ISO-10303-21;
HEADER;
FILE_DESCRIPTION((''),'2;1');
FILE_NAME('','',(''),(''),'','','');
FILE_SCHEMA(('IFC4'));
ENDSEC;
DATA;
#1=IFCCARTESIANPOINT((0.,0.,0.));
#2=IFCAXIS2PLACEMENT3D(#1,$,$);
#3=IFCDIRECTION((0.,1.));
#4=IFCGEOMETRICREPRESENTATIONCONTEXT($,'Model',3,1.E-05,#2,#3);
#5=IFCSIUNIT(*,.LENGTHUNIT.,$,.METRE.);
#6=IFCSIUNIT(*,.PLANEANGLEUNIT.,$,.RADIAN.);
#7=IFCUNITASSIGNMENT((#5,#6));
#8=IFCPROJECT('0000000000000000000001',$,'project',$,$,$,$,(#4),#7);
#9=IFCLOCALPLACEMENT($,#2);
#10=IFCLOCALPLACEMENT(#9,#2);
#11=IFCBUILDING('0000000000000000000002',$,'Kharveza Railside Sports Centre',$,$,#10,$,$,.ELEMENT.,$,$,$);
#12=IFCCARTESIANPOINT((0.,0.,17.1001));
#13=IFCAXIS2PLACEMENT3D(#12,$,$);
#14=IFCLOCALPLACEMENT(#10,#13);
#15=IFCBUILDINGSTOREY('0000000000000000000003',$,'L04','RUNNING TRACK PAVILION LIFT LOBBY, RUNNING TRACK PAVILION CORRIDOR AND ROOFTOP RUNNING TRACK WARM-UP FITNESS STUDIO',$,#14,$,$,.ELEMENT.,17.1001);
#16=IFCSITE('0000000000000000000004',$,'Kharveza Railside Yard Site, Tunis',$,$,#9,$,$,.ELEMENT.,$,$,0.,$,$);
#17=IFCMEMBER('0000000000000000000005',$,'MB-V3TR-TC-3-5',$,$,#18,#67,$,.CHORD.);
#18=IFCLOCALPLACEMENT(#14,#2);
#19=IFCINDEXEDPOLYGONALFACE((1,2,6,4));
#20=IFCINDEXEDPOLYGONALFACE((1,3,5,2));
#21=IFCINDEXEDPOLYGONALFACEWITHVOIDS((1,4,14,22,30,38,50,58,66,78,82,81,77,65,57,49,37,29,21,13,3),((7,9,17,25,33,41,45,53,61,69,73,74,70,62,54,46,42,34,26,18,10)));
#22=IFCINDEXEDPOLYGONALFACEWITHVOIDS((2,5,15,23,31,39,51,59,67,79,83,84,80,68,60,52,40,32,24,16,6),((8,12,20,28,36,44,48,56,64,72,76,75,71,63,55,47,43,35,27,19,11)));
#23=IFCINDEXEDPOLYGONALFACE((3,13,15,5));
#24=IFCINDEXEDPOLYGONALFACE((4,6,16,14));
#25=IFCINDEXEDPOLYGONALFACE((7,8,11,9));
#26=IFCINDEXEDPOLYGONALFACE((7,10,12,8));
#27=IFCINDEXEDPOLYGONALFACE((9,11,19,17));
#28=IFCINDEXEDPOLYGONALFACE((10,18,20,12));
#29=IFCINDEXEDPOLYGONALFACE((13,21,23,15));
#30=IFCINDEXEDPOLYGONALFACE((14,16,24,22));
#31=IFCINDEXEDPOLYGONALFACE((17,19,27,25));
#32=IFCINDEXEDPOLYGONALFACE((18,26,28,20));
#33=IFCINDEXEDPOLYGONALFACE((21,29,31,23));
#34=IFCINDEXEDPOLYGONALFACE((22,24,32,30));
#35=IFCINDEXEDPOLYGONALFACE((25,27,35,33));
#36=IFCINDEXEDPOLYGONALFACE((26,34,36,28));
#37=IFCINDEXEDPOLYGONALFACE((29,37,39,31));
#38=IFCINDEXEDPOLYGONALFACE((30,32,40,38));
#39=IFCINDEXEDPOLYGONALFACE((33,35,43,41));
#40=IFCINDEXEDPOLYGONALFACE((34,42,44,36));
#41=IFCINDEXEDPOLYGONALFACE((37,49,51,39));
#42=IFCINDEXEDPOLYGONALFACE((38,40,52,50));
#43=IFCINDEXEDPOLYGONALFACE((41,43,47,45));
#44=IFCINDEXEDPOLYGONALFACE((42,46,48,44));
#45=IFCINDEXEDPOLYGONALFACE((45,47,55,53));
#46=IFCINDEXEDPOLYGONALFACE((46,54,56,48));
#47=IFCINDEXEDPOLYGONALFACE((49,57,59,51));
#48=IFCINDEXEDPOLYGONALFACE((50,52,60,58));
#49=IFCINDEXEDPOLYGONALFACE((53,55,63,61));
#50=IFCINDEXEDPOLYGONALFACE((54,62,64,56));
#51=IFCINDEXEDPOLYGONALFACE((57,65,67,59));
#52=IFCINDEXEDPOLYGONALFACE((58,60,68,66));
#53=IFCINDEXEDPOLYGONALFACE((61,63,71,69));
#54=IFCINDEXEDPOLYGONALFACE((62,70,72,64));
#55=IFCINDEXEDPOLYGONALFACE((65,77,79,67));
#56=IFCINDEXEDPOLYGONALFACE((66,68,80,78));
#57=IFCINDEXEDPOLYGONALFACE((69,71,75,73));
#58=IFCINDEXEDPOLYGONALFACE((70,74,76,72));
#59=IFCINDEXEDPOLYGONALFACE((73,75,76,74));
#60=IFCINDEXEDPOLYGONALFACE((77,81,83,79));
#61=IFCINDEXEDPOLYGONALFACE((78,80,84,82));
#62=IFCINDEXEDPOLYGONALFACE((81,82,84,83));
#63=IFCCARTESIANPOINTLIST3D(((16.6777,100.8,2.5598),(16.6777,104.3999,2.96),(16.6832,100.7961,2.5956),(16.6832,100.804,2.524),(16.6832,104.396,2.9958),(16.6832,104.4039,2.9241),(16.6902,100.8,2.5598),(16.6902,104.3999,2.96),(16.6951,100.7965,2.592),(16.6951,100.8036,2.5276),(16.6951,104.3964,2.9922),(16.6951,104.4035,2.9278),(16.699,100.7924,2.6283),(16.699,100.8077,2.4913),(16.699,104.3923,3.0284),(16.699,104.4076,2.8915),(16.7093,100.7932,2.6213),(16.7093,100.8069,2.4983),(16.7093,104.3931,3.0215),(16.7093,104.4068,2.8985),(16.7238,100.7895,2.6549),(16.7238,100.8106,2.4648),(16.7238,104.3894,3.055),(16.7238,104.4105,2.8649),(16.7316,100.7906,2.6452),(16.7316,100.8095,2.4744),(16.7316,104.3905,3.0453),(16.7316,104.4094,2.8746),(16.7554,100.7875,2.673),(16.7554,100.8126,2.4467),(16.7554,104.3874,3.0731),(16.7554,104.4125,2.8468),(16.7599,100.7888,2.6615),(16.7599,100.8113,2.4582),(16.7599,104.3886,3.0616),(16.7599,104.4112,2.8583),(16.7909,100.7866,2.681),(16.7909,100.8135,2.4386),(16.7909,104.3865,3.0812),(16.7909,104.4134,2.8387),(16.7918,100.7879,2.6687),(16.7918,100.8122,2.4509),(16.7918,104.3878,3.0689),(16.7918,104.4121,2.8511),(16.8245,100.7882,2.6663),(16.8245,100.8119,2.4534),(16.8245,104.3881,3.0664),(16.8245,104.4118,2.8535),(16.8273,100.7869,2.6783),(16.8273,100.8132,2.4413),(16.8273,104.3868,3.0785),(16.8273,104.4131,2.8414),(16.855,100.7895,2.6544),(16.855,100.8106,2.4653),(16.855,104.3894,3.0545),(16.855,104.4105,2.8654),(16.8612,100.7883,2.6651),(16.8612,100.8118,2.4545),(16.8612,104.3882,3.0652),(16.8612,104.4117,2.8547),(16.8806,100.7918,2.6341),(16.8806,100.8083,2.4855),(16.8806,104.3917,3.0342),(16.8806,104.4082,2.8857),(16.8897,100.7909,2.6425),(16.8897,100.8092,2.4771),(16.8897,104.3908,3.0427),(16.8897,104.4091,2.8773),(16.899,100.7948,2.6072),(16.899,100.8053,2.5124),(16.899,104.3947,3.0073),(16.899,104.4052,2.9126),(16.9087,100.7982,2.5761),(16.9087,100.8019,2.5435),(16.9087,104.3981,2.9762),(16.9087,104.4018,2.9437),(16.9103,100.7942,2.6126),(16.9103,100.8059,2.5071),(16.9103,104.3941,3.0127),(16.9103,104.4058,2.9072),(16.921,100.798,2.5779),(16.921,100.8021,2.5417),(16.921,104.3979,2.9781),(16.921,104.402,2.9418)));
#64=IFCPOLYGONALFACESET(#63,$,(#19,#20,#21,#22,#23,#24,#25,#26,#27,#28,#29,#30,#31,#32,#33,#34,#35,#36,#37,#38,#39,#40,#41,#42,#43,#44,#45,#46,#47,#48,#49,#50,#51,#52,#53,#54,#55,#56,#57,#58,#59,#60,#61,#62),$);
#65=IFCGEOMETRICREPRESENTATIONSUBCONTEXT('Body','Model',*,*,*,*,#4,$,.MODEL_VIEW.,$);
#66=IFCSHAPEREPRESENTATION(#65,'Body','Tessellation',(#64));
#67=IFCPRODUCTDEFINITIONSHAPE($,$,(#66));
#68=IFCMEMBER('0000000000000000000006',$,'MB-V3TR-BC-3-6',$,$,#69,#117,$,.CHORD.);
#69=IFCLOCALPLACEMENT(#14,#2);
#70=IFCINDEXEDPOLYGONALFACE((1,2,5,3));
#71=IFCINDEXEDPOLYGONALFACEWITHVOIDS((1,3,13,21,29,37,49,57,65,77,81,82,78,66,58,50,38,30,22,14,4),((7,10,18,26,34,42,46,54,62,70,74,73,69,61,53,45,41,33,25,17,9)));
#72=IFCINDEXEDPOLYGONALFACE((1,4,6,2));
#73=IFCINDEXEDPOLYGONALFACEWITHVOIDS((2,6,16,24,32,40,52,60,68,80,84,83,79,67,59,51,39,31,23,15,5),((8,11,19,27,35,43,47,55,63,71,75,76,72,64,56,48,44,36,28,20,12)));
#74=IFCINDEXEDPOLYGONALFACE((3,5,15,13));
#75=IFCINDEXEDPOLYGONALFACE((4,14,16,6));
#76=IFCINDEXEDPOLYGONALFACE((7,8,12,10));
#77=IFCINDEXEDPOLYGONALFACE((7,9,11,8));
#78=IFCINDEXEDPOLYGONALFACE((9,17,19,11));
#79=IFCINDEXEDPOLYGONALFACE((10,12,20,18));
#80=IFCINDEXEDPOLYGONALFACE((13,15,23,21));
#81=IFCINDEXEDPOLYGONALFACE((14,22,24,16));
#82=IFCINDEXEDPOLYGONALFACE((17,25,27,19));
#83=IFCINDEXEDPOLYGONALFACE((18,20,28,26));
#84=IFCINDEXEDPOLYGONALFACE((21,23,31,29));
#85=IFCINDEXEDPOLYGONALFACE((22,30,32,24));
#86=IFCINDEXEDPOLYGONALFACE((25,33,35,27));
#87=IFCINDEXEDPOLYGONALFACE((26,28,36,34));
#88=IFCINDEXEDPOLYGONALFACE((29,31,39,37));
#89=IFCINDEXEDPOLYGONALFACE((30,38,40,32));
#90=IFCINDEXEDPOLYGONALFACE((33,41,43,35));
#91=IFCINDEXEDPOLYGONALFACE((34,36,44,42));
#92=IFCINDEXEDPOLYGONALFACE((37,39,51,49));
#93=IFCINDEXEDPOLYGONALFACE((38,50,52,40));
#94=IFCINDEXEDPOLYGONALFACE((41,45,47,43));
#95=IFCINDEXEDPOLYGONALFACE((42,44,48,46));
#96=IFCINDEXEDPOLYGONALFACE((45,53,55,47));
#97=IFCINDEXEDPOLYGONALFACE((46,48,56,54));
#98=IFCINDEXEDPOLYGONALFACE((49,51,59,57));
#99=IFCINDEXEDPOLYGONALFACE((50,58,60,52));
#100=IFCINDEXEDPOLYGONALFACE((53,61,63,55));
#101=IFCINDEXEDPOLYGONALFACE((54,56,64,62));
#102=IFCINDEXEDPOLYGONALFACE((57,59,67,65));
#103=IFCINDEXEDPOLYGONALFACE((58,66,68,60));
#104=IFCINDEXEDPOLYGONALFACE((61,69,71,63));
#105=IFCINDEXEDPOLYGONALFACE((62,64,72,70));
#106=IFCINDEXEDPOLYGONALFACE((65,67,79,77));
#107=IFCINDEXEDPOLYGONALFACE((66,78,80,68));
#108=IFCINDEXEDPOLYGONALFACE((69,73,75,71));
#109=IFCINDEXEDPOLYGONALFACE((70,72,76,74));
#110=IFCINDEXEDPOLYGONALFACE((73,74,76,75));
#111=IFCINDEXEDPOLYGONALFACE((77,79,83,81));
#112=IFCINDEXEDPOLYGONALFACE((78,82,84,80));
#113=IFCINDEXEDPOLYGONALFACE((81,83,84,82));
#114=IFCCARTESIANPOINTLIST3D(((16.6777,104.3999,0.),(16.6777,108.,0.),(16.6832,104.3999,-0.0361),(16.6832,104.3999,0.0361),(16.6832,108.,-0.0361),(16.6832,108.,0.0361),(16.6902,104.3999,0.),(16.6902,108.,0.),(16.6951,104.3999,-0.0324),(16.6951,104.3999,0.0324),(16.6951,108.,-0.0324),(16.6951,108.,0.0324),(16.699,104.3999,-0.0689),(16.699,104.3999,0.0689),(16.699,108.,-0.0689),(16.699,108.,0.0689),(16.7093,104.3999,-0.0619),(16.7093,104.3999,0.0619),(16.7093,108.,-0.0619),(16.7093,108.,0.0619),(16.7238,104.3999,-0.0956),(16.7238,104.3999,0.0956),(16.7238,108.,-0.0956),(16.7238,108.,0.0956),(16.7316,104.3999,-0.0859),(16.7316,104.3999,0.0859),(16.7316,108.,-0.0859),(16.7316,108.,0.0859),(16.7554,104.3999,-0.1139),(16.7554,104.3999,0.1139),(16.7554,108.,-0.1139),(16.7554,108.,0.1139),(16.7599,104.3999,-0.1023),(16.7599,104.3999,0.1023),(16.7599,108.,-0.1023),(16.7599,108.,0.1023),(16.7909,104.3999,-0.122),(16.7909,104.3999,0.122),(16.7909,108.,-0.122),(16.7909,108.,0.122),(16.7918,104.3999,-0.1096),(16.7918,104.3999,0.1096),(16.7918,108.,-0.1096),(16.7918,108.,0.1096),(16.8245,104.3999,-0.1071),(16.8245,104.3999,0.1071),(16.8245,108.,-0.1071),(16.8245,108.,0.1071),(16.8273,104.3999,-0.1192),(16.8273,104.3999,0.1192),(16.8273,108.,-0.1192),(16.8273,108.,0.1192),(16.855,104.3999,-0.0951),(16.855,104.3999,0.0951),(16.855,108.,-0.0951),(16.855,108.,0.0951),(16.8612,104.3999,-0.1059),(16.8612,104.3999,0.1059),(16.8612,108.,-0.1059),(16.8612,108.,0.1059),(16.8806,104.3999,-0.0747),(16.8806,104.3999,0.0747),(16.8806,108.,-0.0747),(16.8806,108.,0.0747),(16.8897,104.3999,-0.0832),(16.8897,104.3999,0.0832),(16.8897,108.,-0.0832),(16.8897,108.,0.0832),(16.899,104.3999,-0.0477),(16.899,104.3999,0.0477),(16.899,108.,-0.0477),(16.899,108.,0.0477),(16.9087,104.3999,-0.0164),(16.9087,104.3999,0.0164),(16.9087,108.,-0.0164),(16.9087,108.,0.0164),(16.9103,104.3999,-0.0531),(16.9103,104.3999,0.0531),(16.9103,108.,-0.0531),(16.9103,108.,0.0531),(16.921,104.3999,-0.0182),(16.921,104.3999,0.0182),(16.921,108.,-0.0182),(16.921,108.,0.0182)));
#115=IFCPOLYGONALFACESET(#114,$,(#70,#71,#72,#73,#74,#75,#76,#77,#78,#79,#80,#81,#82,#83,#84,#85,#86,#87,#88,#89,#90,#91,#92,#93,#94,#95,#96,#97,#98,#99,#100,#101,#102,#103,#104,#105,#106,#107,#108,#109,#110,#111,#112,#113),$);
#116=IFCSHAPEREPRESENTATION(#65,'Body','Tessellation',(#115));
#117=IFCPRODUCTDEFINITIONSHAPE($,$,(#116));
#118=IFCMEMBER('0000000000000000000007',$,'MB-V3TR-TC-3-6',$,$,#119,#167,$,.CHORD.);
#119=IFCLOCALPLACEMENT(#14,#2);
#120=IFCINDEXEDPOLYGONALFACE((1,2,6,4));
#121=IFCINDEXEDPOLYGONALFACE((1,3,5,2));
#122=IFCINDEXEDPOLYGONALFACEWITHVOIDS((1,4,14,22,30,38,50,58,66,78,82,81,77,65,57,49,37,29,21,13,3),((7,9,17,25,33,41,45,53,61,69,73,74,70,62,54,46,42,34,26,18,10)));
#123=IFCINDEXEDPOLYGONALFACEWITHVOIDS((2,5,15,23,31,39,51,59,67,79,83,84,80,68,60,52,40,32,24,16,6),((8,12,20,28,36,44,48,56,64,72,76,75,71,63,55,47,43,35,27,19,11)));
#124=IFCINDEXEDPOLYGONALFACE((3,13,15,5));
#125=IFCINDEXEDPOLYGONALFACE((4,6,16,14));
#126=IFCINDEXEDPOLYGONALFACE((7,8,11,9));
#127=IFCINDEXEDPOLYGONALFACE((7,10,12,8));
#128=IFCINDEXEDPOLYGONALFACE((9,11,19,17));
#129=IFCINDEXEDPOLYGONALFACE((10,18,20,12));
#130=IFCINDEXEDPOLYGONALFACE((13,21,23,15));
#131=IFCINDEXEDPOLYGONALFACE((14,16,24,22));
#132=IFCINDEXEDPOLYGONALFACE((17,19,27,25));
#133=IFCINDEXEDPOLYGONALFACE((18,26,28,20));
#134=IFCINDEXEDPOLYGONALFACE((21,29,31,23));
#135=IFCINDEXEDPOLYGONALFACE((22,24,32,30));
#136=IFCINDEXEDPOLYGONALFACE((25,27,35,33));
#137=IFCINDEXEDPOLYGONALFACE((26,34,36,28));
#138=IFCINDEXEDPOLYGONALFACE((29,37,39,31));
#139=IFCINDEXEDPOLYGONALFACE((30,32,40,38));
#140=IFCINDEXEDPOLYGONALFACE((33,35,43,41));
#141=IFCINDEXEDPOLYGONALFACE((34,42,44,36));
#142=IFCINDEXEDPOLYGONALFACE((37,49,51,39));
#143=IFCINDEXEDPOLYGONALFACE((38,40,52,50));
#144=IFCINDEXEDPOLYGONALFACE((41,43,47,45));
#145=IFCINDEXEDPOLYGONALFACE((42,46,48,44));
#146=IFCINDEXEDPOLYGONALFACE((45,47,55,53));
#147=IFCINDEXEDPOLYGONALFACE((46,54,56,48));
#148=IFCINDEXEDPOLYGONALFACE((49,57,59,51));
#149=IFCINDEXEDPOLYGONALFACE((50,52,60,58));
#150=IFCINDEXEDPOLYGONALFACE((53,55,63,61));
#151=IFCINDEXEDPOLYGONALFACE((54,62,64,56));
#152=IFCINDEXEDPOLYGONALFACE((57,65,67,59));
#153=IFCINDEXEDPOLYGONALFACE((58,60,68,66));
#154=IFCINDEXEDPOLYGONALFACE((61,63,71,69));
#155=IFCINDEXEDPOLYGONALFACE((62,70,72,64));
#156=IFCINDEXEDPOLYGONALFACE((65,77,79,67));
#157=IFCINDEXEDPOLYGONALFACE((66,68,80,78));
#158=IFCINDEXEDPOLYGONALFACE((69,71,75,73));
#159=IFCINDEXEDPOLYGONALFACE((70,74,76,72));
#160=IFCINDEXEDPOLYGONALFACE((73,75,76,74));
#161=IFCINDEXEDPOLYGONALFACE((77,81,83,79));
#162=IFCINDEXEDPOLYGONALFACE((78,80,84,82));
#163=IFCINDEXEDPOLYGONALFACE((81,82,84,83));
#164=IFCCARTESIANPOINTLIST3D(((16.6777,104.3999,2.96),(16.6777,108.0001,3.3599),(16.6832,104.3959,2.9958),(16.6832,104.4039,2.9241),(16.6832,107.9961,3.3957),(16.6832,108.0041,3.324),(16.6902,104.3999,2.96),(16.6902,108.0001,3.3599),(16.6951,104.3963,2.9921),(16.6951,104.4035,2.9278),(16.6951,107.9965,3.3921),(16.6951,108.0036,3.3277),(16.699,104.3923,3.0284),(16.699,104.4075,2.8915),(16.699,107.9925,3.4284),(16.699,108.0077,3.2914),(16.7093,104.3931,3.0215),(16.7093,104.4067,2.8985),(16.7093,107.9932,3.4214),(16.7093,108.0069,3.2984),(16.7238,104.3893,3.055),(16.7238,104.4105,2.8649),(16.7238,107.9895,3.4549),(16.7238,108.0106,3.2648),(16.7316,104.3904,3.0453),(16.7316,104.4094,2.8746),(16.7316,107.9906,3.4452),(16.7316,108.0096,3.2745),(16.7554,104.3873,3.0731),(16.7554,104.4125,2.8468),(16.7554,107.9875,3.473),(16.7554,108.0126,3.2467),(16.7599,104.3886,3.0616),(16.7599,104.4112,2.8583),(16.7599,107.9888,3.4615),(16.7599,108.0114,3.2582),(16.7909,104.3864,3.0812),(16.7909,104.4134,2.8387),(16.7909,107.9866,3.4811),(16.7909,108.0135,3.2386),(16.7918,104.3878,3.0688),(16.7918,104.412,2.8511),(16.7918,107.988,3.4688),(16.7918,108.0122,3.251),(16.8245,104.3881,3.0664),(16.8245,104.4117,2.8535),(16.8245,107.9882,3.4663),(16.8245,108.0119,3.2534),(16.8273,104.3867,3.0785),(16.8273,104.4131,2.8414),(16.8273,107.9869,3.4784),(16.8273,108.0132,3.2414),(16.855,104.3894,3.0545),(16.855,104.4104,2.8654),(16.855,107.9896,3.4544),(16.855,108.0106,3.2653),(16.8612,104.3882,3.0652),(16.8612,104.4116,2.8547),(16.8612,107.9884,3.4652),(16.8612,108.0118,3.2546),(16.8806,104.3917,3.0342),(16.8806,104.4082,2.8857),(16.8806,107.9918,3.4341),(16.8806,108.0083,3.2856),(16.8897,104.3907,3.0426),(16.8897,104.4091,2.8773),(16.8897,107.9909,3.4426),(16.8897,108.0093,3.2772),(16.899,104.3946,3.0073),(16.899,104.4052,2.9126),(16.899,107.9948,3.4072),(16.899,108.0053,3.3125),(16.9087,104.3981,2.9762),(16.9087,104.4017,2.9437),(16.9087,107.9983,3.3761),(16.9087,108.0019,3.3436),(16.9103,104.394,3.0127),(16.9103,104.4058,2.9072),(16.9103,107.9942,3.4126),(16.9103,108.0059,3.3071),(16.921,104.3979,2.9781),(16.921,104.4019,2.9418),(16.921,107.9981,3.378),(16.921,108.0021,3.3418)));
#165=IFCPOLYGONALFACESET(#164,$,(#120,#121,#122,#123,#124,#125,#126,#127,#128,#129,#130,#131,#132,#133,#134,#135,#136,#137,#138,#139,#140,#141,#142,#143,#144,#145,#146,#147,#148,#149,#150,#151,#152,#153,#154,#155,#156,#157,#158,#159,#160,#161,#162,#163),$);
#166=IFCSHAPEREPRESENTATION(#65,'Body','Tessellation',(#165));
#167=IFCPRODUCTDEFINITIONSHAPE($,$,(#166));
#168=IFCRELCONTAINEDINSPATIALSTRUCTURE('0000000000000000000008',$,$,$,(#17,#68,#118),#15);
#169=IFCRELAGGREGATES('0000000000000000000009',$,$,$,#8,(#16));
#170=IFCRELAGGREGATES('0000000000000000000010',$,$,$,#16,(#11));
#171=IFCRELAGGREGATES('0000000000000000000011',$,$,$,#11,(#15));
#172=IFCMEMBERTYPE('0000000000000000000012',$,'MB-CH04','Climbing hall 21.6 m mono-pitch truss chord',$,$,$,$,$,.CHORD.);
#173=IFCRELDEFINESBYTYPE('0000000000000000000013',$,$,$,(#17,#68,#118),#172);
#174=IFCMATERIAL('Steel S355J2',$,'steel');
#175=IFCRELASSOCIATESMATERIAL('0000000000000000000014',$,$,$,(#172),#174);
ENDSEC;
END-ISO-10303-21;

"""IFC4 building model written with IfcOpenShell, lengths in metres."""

from ifc_helpers import new_model, si_unit, direction, frame, origin, origin_2d, place, context, subcontext, project, spatial, hollow_circle, extrude, material, material_profile, profile_set, type_object, element, save


model = new_model("IFC4")

# Units and contexts
model_context = context("Model", 3, precision=1e-05, world=origin(), true_north=direction((0.0, 1.0)))
body_context = subcontext(model_context, "Body", "Model", "MODEL_VIEW")
ifc_project = project(units=[si_unit("LENGTHUNIT", "METRE"), si_unit("PLANEANGLEUNIT", "RADIAN")], contexts=[model_context])

# Site, building, storey
site_placement = place(None, origin())
site = spatial("IfcSite", under=ifc_project, at=site_placement, Name="Kharveza Railside Yard Site, Tunis", CompositionType="ELEMENT", RefElevation=0.0)
building_placement = place(site_placement, origin())
building = spatial("IfcBuilding", under=site, at=building_placement, Name="Kharveza Railside Sports Centre", CompositionType="ELEMENT")
storey_placement = place(building_placement, frame((0.0, 0.0, 17.1001)))
storey = spatial("IfcBuildingStorey", under=building, at=storey_placement, Name="L04", Description="RUNNING TRACK PAVILION LIFT LOBBY, RUNNING TRACK PAVILION CORRIDOR AND ROOFTOP RUNNING TRACK WARM-UP FITNESS STUDIO", CompositionType="ELEMENT", Elevation=17.1001)

# Members
ifc_material_1 = material(Name="Steel S355J2", Category="steel")
ifc_material_profile_1 = material_profile(ifc_material_1, hollow_circle(Radius=0.1223, WallThickness=0.0125, at=origin_2d()), Name="CHS 244.5x12.5")
ifc_profile_set_1 = profile_set([ifc_material_profile_1], Name="Steel S355J2")
member_type_1 = type_object("IfcMemberType", Name="MB-CH04", Description="Climbing hall 21.6 m mono-pitch truss chord", PredefinedType="CHORD", material=ifc_profile_set_1)
member_1_placement = place(storey_placement, frame((16.8, 100.8, 2.5598), z_axis=(0.0, 0.993879, 0.110476), x_axis=(-1.0, 0.0, 0.0)))
element("IfcMember", 1, at=member_1_placement, inside=storey, type_object=member_type_1, Name="MB-V3TR-TC-3-5", PredefinedType="CHORD", context=body_context, shape_type="SweptSolid", body=[
    extrude(hollow_circle(Radius=0.1223, WallThickness=0.0125, at=origin_2d()), origin(), (0.0, 0.0, 1.0), 3.6221),
])
member_2_placement = place(storey_placement, frame((16.8, 104.3999, 0.0), z_axis=(0.0, 1.0, 0.0), x_axis=(-1.0, 0.0, 0.0)))
element("IfcMember", 2, at=member_2_placement, inside=storey, type_object=member_type_1, Name="MB-V3TR-BC-3-6", PredefinedType="CHORD", context=body_context, shape_type="SweptSolid", body=[
    extrude(hollow_circle(Radius=0.1223, WallThickness=0.0125, at=origin_2d()), origin(), (0.0, 0.0, 1.0), 3.6001),
])
member_3_placement = place(storey_placement, frame((16.8, 104.3999, 2.96), z_axis=(0.0, 0.993887, 0.110402), x_axis=(-1.0, 0.0, 0.0)))
element("IfcMember", 3, at=member_3_placement, inside=storey, type_object=member_type_1, Name="MB-V3TR-TC-3-6", PredefinedType="CHORD", context=body_context, shape_type="SweptSolid", body=[
    extrude(hollow_circle(Radius=0.1223, WallThickness=0.0125, at=origin_2d()), origin(), (0.0, 0.0, 1.0), 3.6223),
])

save(model, "model.ifc")
